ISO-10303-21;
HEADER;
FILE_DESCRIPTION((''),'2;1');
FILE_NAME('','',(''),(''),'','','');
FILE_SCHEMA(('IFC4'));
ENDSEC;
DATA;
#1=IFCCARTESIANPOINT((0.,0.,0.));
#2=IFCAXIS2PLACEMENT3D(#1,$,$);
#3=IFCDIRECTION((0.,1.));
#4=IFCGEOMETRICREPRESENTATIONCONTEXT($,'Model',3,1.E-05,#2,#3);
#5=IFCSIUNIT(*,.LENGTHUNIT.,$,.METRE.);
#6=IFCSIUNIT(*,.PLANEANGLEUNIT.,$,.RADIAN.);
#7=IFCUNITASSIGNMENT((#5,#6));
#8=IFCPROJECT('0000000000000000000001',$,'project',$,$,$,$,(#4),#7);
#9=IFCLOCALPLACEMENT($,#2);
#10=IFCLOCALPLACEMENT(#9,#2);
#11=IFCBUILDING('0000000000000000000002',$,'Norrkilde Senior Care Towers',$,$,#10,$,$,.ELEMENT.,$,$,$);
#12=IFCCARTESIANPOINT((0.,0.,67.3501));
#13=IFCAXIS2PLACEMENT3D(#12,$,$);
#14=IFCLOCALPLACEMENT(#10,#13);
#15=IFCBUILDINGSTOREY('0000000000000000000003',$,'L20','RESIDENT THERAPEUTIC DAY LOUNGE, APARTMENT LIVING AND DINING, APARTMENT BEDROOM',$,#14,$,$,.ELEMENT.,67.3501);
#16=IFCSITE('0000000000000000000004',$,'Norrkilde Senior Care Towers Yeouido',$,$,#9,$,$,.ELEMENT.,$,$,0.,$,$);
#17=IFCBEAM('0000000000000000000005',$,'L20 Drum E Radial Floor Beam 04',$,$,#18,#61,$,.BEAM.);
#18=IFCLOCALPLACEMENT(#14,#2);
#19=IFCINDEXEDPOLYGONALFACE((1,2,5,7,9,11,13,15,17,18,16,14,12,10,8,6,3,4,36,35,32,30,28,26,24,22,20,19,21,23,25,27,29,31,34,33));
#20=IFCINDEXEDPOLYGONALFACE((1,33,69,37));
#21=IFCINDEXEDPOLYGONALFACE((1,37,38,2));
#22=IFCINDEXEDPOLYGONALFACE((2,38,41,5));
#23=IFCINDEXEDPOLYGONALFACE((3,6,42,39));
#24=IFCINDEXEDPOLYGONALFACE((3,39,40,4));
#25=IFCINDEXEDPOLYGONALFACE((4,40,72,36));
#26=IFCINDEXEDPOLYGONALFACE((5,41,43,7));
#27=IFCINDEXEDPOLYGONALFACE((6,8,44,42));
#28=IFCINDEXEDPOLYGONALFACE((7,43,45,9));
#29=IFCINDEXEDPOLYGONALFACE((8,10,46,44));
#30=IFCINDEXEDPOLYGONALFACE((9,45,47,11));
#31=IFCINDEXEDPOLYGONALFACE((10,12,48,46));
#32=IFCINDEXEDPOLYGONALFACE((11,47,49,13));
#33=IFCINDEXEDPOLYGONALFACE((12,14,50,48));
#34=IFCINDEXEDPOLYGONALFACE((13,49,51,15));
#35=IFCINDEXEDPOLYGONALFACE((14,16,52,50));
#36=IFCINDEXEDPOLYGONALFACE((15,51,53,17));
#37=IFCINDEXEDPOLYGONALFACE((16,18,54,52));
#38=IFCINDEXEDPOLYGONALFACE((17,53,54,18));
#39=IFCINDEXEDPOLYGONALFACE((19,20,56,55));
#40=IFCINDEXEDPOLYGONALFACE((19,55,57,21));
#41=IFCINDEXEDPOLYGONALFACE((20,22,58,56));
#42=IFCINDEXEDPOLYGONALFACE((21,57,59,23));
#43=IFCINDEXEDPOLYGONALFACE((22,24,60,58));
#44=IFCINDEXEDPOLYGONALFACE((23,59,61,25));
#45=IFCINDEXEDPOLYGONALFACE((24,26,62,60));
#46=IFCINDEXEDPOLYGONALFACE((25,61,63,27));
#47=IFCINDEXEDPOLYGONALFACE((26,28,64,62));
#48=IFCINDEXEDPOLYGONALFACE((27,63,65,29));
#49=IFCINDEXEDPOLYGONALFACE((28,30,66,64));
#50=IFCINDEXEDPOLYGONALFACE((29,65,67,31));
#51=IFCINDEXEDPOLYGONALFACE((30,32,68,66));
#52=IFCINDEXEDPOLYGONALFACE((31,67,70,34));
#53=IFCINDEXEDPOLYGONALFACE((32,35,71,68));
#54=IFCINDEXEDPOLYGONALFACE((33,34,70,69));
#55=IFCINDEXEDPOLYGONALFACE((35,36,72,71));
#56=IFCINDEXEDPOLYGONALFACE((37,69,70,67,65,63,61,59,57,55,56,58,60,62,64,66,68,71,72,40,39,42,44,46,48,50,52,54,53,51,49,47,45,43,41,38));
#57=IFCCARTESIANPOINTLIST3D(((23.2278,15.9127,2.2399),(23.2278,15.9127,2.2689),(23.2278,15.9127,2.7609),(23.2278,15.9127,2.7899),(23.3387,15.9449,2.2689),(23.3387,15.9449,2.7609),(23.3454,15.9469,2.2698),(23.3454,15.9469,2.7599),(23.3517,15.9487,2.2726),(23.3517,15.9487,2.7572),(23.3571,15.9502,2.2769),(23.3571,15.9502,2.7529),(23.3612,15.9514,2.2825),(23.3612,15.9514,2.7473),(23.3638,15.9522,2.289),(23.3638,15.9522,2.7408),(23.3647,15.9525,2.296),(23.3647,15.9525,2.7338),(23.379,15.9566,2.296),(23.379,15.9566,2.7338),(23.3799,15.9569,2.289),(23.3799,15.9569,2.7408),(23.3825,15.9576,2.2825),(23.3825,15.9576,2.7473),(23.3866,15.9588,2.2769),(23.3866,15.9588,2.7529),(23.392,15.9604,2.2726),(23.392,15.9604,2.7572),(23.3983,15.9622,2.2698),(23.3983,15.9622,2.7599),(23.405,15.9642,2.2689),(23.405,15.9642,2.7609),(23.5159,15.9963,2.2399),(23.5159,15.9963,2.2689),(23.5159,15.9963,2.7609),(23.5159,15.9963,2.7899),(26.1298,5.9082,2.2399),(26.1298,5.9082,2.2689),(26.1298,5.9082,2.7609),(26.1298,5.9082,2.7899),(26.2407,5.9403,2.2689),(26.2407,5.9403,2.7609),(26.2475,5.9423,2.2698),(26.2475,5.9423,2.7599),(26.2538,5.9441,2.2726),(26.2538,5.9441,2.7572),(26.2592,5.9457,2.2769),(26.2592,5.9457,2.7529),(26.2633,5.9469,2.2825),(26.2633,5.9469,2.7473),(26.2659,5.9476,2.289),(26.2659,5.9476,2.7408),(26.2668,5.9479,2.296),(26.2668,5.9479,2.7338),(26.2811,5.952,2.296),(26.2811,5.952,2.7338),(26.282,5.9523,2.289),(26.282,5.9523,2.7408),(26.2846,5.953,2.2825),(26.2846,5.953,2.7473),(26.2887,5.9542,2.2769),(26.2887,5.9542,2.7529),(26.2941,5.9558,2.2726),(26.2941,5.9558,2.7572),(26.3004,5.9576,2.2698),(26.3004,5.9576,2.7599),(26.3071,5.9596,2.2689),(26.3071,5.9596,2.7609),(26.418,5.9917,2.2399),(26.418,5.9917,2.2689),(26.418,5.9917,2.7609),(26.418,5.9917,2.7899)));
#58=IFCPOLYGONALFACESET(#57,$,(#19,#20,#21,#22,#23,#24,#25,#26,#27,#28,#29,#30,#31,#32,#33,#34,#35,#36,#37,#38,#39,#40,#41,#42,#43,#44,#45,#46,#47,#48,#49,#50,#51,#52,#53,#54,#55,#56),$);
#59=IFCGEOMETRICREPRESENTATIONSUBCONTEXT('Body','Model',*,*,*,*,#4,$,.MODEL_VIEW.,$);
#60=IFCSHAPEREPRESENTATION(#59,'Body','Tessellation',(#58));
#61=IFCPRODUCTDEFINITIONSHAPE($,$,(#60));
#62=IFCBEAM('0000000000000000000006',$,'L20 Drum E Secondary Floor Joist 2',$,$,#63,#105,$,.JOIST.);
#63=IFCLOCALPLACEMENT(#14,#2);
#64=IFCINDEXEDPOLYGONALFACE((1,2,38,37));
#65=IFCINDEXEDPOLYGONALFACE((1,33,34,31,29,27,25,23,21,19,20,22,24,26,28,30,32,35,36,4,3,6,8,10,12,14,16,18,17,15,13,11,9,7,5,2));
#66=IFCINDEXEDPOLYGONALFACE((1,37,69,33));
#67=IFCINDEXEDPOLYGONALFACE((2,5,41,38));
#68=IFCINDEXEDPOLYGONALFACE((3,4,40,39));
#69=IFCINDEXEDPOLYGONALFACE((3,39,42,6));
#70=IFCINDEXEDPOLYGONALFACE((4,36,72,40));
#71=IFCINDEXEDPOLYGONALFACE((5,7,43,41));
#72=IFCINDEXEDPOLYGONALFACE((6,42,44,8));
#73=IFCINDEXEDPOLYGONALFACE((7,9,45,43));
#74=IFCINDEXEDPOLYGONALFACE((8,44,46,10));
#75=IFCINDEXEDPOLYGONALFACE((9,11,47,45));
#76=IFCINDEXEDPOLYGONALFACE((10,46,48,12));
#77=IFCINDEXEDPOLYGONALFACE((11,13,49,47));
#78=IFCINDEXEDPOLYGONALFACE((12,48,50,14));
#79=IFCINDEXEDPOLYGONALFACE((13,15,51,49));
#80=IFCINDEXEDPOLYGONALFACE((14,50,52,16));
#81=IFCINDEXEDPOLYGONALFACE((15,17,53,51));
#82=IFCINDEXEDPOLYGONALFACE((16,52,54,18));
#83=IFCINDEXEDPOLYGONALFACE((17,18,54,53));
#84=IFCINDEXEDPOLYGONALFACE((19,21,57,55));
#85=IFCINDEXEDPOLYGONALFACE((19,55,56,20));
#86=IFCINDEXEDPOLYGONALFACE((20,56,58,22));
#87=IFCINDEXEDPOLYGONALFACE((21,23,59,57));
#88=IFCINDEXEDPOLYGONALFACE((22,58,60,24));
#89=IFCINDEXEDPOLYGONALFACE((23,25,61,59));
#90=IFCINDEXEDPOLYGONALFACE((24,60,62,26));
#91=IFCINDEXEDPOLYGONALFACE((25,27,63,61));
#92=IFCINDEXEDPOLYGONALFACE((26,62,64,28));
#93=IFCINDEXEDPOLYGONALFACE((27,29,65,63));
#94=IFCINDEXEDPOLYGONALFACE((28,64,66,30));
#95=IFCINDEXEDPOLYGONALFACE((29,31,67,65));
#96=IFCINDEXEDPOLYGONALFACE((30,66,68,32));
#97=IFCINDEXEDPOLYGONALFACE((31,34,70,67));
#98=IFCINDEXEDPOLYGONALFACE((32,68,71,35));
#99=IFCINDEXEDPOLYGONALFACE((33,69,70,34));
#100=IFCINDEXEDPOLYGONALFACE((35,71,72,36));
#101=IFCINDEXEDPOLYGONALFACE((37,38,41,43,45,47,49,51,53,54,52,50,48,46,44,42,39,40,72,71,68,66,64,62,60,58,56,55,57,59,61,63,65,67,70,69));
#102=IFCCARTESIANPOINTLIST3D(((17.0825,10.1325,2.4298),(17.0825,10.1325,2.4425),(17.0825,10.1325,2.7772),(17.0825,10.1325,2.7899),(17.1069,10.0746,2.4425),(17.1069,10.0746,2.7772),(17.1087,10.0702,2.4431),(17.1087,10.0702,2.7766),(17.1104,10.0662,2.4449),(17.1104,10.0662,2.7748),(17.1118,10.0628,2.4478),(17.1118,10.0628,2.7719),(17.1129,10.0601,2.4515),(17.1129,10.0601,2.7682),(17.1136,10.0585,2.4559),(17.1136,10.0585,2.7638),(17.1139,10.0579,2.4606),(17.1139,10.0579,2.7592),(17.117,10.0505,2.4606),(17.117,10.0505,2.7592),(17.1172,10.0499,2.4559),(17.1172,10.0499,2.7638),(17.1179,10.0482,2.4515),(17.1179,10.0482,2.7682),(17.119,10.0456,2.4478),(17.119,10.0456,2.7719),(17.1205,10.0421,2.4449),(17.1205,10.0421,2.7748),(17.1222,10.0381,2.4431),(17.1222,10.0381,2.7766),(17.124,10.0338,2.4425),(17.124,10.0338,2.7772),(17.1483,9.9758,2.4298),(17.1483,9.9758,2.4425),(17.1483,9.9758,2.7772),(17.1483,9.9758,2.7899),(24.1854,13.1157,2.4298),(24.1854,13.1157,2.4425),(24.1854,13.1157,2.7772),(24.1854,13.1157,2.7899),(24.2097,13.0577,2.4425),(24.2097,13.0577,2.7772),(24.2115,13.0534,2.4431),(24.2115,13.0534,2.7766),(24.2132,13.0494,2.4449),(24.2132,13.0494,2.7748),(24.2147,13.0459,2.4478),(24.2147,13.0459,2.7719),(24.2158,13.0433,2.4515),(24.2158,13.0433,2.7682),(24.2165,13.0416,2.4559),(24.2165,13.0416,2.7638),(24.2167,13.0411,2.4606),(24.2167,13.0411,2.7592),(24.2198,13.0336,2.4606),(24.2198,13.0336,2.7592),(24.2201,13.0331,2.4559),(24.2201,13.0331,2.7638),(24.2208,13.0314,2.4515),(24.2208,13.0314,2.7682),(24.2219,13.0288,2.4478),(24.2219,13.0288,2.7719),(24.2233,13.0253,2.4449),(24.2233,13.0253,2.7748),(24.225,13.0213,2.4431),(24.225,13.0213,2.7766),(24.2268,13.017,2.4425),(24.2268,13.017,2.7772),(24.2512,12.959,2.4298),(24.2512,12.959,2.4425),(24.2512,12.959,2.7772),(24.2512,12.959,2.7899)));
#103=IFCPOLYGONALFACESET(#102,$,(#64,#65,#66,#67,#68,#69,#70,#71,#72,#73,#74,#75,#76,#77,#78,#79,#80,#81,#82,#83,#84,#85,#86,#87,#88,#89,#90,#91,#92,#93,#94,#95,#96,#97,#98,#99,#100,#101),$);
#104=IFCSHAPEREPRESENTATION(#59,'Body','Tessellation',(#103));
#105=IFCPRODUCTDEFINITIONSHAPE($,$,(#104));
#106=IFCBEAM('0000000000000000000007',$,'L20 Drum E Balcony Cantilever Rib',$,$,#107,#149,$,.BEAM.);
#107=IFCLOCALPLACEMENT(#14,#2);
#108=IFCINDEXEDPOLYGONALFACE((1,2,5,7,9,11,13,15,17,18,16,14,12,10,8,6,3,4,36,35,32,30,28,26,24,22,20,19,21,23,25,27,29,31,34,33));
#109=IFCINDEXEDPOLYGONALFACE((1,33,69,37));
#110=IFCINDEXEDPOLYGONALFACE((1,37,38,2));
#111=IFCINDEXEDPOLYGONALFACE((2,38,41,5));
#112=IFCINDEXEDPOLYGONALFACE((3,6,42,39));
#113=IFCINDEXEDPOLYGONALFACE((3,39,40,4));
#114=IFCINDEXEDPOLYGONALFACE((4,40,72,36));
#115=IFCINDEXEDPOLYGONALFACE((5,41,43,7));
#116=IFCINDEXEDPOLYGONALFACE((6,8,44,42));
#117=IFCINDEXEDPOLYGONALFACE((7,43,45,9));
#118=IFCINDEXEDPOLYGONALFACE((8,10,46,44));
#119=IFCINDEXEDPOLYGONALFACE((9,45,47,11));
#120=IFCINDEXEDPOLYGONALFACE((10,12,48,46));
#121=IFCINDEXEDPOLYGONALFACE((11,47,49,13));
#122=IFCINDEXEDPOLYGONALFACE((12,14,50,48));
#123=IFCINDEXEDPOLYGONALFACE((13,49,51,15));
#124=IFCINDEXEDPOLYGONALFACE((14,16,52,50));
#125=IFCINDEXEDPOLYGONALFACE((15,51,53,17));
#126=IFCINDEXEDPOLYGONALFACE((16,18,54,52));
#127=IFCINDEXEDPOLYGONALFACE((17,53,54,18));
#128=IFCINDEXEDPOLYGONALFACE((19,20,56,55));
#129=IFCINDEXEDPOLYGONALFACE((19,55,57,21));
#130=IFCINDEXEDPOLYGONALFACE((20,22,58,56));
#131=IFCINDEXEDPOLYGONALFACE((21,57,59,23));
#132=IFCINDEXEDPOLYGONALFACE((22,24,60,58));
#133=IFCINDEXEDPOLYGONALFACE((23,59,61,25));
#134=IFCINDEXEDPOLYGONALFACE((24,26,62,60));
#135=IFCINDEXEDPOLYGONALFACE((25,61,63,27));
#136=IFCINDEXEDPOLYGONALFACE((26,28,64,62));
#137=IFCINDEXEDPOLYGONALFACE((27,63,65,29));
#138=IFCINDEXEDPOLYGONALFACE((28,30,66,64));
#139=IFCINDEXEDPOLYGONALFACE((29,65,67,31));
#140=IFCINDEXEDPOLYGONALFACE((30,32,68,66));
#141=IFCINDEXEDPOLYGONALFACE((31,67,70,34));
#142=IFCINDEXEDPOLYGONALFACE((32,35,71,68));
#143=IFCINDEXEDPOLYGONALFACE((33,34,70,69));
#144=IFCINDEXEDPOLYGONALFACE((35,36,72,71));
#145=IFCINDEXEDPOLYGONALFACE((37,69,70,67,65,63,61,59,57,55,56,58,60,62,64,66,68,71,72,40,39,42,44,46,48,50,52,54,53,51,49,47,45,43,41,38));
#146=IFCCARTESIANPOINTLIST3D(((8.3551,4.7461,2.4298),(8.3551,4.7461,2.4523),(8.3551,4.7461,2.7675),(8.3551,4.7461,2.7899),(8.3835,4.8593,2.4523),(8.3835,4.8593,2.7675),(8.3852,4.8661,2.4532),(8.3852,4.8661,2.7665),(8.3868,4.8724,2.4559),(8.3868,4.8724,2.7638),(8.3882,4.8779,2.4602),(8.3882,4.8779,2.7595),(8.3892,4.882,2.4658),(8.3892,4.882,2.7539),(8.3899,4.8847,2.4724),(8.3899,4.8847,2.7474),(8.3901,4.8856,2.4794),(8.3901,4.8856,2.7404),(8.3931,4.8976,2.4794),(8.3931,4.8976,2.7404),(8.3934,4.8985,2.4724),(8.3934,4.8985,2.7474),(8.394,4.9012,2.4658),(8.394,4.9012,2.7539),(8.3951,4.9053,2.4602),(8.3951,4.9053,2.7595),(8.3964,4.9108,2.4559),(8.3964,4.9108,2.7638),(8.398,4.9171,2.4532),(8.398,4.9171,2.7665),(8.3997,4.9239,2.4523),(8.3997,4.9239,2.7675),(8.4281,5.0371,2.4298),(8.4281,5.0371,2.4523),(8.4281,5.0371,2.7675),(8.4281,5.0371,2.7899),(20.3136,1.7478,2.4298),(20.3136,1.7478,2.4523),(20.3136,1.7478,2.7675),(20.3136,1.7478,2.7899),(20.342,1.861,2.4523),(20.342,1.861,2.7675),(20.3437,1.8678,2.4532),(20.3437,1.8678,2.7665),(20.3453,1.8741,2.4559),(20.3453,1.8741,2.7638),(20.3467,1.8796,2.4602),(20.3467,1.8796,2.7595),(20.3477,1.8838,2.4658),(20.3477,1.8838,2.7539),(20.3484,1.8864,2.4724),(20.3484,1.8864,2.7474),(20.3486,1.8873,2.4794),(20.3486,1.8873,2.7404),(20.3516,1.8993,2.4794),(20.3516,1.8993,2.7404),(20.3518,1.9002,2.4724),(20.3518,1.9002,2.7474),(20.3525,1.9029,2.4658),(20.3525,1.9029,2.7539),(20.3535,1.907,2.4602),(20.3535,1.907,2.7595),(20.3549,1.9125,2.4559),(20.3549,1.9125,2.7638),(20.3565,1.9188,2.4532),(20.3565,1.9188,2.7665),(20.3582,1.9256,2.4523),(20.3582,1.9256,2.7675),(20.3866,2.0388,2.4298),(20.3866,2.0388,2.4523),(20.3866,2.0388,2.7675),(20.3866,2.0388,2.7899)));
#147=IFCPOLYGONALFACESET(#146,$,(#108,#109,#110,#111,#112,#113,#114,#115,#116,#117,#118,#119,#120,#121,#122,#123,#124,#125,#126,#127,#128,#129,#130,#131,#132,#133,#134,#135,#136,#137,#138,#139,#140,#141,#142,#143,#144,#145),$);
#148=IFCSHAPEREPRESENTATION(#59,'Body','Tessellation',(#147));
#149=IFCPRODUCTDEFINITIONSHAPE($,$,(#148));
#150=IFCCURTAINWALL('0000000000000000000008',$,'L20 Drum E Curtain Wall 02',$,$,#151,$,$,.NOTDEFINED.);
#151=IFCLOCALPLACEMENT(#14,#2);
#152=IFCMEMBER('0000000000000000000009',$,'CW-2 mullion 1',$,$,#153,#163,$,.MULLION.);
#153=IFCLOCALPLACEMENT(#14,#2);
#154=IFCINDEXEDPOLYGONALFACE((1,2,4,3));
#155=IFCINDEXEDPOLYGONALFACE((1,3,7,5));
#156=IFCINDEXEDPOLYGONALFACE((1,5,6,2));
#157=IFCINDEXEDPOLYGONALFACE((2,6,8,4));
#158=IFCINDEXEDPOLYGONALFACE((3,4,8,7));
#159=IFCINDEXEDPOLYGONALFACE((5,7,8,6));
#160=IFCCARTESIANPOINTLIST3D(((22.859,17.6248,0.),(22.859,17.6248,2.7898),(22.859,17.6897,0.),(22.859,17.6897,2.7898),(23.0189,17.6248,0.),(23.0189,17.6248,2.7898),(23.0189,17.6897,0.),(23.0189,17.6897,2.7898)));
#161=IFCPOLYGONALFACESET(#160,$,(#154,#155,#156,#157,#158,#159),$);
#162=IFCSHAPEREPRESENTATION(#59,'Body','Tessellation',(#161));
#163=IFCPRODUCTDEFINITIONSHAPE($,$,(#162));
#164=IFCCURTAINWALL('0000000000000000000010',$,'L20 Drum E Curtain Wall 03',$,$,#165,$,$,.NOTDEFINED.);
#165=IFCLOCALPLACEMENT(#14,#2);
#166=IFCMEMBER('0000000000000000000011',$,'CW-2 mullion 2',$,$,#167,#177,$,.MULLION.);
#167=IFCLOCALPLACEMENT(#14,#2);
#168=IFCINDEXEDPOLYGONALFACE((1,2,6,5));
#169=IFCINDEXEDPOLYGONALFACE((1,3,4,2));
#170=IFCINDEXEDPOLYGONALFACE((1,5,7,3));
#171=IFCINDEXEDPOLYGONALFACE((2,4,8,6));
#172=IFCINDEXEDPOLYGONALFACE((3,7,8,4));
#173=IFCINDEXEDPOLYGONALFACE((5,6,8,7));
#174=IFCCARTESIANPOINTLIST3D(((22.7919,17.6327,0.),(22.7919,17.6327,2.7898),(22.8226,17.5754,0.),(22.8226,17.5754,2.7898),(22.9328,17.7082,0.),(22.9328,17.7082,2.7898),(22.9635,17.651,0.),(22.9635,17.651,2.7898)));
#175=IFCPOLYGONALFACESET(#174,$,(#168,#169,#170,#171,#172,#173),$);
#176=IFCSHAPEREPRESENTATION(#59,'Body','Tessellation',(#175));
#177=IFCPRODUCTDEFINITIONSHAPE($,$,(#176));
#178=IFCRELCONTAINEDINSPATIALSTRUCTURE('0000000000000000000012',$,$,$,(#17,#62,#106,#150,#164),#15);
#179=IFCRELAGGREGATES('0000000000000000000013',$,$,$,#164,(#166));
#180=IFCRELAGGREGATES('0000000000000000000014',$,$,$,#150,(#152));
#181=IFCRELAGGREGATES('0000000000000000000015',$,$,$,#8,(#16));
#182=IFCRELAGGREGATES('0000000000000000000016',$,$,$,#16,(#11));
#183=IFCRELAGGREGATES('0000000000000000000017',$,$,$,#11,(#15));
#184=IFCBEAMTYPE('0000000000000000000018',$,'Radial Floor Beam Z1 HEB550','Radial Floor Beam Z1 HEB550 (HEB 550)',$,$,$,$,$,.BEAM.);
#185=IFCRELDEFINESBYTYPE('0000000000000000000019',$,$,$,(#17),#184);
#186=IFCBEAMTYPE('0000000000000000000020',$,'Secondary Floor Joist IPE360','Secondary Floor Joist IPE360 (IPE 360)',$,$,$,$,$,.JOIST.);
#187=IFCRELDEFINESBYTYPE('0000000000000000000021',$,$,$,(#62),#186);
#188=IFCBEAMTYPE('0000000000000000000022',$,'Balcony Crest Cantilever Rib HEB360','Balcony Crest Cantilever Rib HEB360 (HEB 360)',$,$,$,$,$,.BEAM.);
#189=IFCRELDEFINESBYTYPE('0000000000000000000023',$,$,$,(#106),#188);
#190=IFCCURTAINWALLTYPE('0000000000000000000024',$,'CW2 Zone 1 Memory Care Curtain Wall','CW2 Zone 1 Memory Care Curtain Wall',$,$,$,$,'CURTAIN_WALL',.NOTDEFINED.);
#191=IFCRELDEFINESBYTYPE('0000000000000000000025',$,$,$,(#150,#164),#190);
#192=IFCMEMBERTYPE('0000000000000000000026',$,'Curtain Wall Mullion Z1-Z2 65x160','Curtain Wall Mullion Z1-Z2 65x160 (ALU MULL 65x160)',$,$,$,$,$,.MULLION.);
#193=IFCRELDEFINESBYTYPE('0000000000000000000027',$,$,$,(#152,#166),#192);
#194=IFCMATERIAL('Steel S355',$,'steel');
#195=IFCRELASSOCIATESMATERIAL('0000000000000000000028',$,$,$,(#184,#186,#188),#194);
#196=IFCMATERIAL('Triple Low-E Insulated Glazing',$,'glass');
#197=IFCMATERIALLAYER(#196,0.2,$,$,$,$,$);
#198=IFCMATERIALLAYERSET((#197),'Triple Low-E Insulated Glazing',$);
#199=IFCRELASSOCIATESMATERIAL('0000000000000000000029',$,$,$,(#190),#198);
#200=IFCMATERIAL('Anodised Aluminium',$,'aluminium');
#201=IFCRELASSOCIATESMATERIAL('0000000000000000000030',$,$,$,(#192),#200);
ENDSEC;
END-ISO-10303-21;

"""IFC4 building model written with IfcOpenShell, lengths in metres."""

from ifc_helpers import new_model, si_unit, direction, frame, origin, origin_2d, place, context, subcontext, project, spatial, rectangle, i_section, extrude, source, transform, mapped, material, layer, layer_set, material_profile, profile_set, type_object, type_shapes, element, aggregate, save


model = new_model("IFC4")

# Units and contexts
model_context = context("Model", 3, precision=1e-05, world=origin(), true_north=direction((0.0, 1.0)))
body_context = subcontext(model_context, "Body", "Model", "MODEL_VIEW")
ifc_project = project(units=[si_unit("LENGTHUNIT", "METRE"), si_unit("PLANEANGLEUNIT", "RADIAN")], contexts=[model_context])

# Site, building, storey
site_placement = place(None, origin())
site = spatial("IfcSite", under=ifc_project, at=site_placement, Name="Norrkilde Senior Care Towers Yeouido", CompositionType="ELEMENT", RefElevation=0.0)
building_placement = place(site_placement, origin())
building = spatial("IfcBuilding", under=site, at=building_placement, Name="Norrkilde Senior Care Towers", CompositionType="ELEMENT")
storey_placement = place(building_placement, frame((0.0, 0.0, 67.3501)))
storey = spatial("IfcBuildingStorey", under=building, at=storey_placement, Name="L20", Description="RESIDENT THERAPEUTIC DAY LOUNGE, APARTMENT LIVING AND DINING, APARTMENT BEDROOM", CompositionType="ELEMENT", Elevation=67.3501)

# Beams
ifc_material_1 = material(Name="Steel S355", Category="steel")
ifc_material_profile_1 = material_profile(ifc_material_1, i_section(OverallWidth=0.3, OverallDepth=0.55, WebThickness=0.0149, FlangeThickness=0.0291, FilletRadius=0.0271, at=origin_2d()), Name="HEB 550")
ifc_profile_set_1 = profile_set([ifc_material_profile_1], Name="Steel S355")
beam_type_1 = type_object("IfcBeamType", Name="Radial Floor Beam Z1 HEB550", Description="Radial Floor Beam Z1 HEB550 (HEB 550)", PredefinedType="BEAM", material=ifc_profile_set_1)
shared_shape_1 = source(origin(), body_context, "Body", "SweptSolid", [
    extrude(i_section(OverallWidth=0.3, OverallDepth=0.55, WebThickness=0.0149, FlangeThickness=0.0291, FilletRadius=0.0271, at=origin_2d()), origin(), (0.0, 0.0, 1.0), 10.417),
])
beam_1_placement = place(storey_placement, frame((26.2739, 5.95, 2.5149), z_axis=(-0.278591, 0.96041, 0.0), x_axis=(-0.96041, -0.278591, 0.0)))
element("IfcBeam", 1, at=beam_1_placement, inside=storey, type_object=beam_type_1, Name="L20 Drum E Radial Floor Beam 04", PredefinedType="BEAM", context=body_context, shape_type="MappedRepresentation", body=[
    mapped(shared_shape_1, transform((0.0, 0.0, 0.0), x_axis=(1.0, 0.0, 0.0), y_axis=(0.0, 1.0, 0.0), z_axis=(0.0, 0.0, 1.0), scale=1.0)),
])
ifc_material_profile_2 = material_profile(ifc_material_1, i_section(OverallWidth=0.1699, OverallDepth=0.3601, WebThickness=0.0081, FlangeThickness=0.0127, FilletRadius=0.0181, at=origin_2d()), Name="IPE 360")
ifc_profile_set_2 = profile_set([ifc_material_profile_2], Name="Steel S355")
beam_type_2 = type_object("IfcBeamType", Name="Secondary Floor Joist IPE360", Description="Secondary Floor Joist IPE360 (IPE 360)", PredefinedType="JOIST", material=ifc_profile_set_2)
shared_shape_2 = source(origin(), body_context, "Body", "SweptSolid", [
    extrude(i_section(OverallWidth=0.1699, OverallDepth=0.3601, WebThickness=0.0081, FlangeThickness=0.0127, FilletRadius=0.0181, at=origin_2d()), origin(), (0.0, 0.0, 1.0), 7.7039),
])
type_shapes(beam_type_2, [shared_shape_2])
beam_2_placement = place(storey_placement, frame((24.2183, 13.0374, 2.6099), z_axis=(-0.921983, -0.387231, 0.0), x_axis=(0.387231, -0.921983, 0.0)))
element("IfcBeam", 2, at=beam_2_placement, inside=storey, type_object=beam_type_2, Name="L20 Drum E Secondary Floor Joist 2", PredefinedType="JOIST", context=body_context, shape_type="MappedRepresentation", body=[
    mapped(shared_shape_2, transform((0.0, 0.0, 0.0), x_axis=(1.0, 0.0, 0.0), y_axis=(0.0, 1.0, 0.0), z_axis=(0.0, 0.0, 1.0), scale=1.0)),
])
ifc_material_profile_3 = material_profile(ifc_material_1, i_section(OverallWidth=0.3, OverallDepth=0.3601, WebThickness=0.0125, FlangeThickness=0.0225, FilletRadius=0.0271, at=origin_2d()), Name="HEB 360")
ifc_profile_set_3 = profile_set([ifc_material_profile_3], Name="Steel S355")
beam_type_3 = type_object("IfcBeamType", Name="Balcony Crest Cantilever Rib HEB360", Description="Balcony Crest Cantilever Rib HEB360 (HEB 360)", PredefinedType="BEAM", material=ifc_profile_set_3)
shared_shape_3 = source(origin(), body_context, "Body", "SweptSolid", [
    extrude(i_section(OverallWidth=0.3, OverallDepth=0.3601, WebThickness=0.0125, FlangeThickness=0.0225, FilletRadius=0.0271, at=origin_2d()), origin(), (0.0, 0.0, 1.0), 12.3286),
])
type_shapes(beam_type_3, [shared_shape_3])
beam_3_placement = place(storey_placement, frame((20.3501, 1.8933, 2.6099), z_axis=(-0.969977, 0.243197, 0.0), x_axis=(-0.243197, -0.969977, 0.0)))
element("IfcBeam", 3, at=beam_3_placement, inside=storey, type_object=beam_type_3, Name="L20 Drum E Balcony Cantilever Rib", PredefinedType="BEAM", context=body_context, shape_type="MappedRepresentation", body=[
    mapped(shared_shape_3, transform((0.0, 0.0, 0.0), x_axis=(1.0, 0.0, 0.0), y_axis=(0.0, 1.0, 0.0), z_axis=(0.0, 0.0, 1.0), scale=1.0)),
])

# Curtain walls, members
ifc_material_2 = material(Name="Triple Low-E Insulated Glazing", Category="glass")
ifc_layer_1 = layer(ifc_material_2, 0.2)
ifc_layer_set_1 = layer_set([ifc_layer_1], Name="Triple Low-E Insulated Glazing")
curtain_wall_type = type_object("IfcCurtainWallType", Name="CW2 Zone 1 Memory Care Curtain Wall", Description="CW2 Zone 1 Memory Care Curtain Wall", ElementType="CURTAIN_WALL", PredefinedType="NOTDEFINED", material=ifc_layer_set_1)
curtain_wall_1_placement = place(storey_placement, origin())
curtain_wall_1 = element("IfcCurtainWall", 4, at=curtain_wall_1_placement, inside=storey, type_object=curtain_wall_type, Name="L20 Drum E Curtain Wall 02", PredefinedType="NOTDEFINED")
ifc_material_3 = material(Name="Anodised Aluminium", Category="aluminium")
ifc_material_profile_4 = material_profile(ifc_material_3, rectangle(XDim=0.0649, YDim=0.1599, at=origin_2d()), Name="ALU MULL 65x160")
ifc_profile_set_4 = profile_set([ifc_material_profile_4], Name="Anodised Aluminium")
member_type_1 = type_object("IfcMemberType", Name="Curtain Wall Mullion Z1-Z2 65x160", Description="Curtain Wall Mullion Z1-Z2 65x160 (ALU MULL 65x160)", PredefinedType="MULLION", material=ifc_profile_set_4)
shared_shape_4 = source(origin(), body_context, "Body", "SweptSolid", [
    extrude(rectangle(XDim=0.0649, YDim=0.1599, at=origin_2d()), origin(), (0.0, 0.0, 1.0), 2.7898),
])
type_shapes(member_type_1, [shared_shape_4])
member_1_placement = place(storey_placement, frame((22.939, 17.6572, 0.0), z_axis=(0.0, 0.0, 1.0), x_axis=(0.0, 1.0, 0.0)))
member_1 = element("IfcMember", 5, at=member_1_placement, type_object=member_type_1, Name="CW-2 mullion 1", PredefinedType="MULLION", context=body_context, shape_type="MappedRepresentation", body=[
    mapped(shared_shape_4, transform((0.0, 0.0, 0.0), x_axis=(1.0, 0.0, 0.0), y_axis=(0.0, 1.0, 0.0), z_axis=(0.0, 0.0, 1.0), scale=1.0)),
])
curtain_wall_2_placement = place(storey_placement, origin())
curtain_wall_2 = element("IfcCurtainWall", 6, at=curtain_wall_2_placement, inside=storey, type_object=curtain_wall_type, Name="L20 Drum E Curtain Wall 03", PredefinedType="NOTDEFINED")
member_2_placement = place(storey_placement, frame((22.8777, 17.6418, 0.0), z_axis=(0.0, 0.0, 1.0), x_axis=(-0.472608, 0.881273, 0.0)))
member_2 = element("IfcMember", 7, at=member_2_placement, type_object=member_type_1, Name="CW-2 mullion 2", PredefinedType="MULLION", context=body_context, shape_type="MappedRepresentation", body=[
    mapped(shared_shape_4, transform((0.0, 0.0, 0.0), x_axis=(1.0, 0.0, 0.0), y_axis=(0.0, 1.0, 0.0), z_axis=(0.0, 0.0, 1.0), scale=1.0)),
])
aggregate(curtain_wall_2, [member_2])

aggregate(curtain_wall_1, [member_1])

save(model, "model.ifc")
